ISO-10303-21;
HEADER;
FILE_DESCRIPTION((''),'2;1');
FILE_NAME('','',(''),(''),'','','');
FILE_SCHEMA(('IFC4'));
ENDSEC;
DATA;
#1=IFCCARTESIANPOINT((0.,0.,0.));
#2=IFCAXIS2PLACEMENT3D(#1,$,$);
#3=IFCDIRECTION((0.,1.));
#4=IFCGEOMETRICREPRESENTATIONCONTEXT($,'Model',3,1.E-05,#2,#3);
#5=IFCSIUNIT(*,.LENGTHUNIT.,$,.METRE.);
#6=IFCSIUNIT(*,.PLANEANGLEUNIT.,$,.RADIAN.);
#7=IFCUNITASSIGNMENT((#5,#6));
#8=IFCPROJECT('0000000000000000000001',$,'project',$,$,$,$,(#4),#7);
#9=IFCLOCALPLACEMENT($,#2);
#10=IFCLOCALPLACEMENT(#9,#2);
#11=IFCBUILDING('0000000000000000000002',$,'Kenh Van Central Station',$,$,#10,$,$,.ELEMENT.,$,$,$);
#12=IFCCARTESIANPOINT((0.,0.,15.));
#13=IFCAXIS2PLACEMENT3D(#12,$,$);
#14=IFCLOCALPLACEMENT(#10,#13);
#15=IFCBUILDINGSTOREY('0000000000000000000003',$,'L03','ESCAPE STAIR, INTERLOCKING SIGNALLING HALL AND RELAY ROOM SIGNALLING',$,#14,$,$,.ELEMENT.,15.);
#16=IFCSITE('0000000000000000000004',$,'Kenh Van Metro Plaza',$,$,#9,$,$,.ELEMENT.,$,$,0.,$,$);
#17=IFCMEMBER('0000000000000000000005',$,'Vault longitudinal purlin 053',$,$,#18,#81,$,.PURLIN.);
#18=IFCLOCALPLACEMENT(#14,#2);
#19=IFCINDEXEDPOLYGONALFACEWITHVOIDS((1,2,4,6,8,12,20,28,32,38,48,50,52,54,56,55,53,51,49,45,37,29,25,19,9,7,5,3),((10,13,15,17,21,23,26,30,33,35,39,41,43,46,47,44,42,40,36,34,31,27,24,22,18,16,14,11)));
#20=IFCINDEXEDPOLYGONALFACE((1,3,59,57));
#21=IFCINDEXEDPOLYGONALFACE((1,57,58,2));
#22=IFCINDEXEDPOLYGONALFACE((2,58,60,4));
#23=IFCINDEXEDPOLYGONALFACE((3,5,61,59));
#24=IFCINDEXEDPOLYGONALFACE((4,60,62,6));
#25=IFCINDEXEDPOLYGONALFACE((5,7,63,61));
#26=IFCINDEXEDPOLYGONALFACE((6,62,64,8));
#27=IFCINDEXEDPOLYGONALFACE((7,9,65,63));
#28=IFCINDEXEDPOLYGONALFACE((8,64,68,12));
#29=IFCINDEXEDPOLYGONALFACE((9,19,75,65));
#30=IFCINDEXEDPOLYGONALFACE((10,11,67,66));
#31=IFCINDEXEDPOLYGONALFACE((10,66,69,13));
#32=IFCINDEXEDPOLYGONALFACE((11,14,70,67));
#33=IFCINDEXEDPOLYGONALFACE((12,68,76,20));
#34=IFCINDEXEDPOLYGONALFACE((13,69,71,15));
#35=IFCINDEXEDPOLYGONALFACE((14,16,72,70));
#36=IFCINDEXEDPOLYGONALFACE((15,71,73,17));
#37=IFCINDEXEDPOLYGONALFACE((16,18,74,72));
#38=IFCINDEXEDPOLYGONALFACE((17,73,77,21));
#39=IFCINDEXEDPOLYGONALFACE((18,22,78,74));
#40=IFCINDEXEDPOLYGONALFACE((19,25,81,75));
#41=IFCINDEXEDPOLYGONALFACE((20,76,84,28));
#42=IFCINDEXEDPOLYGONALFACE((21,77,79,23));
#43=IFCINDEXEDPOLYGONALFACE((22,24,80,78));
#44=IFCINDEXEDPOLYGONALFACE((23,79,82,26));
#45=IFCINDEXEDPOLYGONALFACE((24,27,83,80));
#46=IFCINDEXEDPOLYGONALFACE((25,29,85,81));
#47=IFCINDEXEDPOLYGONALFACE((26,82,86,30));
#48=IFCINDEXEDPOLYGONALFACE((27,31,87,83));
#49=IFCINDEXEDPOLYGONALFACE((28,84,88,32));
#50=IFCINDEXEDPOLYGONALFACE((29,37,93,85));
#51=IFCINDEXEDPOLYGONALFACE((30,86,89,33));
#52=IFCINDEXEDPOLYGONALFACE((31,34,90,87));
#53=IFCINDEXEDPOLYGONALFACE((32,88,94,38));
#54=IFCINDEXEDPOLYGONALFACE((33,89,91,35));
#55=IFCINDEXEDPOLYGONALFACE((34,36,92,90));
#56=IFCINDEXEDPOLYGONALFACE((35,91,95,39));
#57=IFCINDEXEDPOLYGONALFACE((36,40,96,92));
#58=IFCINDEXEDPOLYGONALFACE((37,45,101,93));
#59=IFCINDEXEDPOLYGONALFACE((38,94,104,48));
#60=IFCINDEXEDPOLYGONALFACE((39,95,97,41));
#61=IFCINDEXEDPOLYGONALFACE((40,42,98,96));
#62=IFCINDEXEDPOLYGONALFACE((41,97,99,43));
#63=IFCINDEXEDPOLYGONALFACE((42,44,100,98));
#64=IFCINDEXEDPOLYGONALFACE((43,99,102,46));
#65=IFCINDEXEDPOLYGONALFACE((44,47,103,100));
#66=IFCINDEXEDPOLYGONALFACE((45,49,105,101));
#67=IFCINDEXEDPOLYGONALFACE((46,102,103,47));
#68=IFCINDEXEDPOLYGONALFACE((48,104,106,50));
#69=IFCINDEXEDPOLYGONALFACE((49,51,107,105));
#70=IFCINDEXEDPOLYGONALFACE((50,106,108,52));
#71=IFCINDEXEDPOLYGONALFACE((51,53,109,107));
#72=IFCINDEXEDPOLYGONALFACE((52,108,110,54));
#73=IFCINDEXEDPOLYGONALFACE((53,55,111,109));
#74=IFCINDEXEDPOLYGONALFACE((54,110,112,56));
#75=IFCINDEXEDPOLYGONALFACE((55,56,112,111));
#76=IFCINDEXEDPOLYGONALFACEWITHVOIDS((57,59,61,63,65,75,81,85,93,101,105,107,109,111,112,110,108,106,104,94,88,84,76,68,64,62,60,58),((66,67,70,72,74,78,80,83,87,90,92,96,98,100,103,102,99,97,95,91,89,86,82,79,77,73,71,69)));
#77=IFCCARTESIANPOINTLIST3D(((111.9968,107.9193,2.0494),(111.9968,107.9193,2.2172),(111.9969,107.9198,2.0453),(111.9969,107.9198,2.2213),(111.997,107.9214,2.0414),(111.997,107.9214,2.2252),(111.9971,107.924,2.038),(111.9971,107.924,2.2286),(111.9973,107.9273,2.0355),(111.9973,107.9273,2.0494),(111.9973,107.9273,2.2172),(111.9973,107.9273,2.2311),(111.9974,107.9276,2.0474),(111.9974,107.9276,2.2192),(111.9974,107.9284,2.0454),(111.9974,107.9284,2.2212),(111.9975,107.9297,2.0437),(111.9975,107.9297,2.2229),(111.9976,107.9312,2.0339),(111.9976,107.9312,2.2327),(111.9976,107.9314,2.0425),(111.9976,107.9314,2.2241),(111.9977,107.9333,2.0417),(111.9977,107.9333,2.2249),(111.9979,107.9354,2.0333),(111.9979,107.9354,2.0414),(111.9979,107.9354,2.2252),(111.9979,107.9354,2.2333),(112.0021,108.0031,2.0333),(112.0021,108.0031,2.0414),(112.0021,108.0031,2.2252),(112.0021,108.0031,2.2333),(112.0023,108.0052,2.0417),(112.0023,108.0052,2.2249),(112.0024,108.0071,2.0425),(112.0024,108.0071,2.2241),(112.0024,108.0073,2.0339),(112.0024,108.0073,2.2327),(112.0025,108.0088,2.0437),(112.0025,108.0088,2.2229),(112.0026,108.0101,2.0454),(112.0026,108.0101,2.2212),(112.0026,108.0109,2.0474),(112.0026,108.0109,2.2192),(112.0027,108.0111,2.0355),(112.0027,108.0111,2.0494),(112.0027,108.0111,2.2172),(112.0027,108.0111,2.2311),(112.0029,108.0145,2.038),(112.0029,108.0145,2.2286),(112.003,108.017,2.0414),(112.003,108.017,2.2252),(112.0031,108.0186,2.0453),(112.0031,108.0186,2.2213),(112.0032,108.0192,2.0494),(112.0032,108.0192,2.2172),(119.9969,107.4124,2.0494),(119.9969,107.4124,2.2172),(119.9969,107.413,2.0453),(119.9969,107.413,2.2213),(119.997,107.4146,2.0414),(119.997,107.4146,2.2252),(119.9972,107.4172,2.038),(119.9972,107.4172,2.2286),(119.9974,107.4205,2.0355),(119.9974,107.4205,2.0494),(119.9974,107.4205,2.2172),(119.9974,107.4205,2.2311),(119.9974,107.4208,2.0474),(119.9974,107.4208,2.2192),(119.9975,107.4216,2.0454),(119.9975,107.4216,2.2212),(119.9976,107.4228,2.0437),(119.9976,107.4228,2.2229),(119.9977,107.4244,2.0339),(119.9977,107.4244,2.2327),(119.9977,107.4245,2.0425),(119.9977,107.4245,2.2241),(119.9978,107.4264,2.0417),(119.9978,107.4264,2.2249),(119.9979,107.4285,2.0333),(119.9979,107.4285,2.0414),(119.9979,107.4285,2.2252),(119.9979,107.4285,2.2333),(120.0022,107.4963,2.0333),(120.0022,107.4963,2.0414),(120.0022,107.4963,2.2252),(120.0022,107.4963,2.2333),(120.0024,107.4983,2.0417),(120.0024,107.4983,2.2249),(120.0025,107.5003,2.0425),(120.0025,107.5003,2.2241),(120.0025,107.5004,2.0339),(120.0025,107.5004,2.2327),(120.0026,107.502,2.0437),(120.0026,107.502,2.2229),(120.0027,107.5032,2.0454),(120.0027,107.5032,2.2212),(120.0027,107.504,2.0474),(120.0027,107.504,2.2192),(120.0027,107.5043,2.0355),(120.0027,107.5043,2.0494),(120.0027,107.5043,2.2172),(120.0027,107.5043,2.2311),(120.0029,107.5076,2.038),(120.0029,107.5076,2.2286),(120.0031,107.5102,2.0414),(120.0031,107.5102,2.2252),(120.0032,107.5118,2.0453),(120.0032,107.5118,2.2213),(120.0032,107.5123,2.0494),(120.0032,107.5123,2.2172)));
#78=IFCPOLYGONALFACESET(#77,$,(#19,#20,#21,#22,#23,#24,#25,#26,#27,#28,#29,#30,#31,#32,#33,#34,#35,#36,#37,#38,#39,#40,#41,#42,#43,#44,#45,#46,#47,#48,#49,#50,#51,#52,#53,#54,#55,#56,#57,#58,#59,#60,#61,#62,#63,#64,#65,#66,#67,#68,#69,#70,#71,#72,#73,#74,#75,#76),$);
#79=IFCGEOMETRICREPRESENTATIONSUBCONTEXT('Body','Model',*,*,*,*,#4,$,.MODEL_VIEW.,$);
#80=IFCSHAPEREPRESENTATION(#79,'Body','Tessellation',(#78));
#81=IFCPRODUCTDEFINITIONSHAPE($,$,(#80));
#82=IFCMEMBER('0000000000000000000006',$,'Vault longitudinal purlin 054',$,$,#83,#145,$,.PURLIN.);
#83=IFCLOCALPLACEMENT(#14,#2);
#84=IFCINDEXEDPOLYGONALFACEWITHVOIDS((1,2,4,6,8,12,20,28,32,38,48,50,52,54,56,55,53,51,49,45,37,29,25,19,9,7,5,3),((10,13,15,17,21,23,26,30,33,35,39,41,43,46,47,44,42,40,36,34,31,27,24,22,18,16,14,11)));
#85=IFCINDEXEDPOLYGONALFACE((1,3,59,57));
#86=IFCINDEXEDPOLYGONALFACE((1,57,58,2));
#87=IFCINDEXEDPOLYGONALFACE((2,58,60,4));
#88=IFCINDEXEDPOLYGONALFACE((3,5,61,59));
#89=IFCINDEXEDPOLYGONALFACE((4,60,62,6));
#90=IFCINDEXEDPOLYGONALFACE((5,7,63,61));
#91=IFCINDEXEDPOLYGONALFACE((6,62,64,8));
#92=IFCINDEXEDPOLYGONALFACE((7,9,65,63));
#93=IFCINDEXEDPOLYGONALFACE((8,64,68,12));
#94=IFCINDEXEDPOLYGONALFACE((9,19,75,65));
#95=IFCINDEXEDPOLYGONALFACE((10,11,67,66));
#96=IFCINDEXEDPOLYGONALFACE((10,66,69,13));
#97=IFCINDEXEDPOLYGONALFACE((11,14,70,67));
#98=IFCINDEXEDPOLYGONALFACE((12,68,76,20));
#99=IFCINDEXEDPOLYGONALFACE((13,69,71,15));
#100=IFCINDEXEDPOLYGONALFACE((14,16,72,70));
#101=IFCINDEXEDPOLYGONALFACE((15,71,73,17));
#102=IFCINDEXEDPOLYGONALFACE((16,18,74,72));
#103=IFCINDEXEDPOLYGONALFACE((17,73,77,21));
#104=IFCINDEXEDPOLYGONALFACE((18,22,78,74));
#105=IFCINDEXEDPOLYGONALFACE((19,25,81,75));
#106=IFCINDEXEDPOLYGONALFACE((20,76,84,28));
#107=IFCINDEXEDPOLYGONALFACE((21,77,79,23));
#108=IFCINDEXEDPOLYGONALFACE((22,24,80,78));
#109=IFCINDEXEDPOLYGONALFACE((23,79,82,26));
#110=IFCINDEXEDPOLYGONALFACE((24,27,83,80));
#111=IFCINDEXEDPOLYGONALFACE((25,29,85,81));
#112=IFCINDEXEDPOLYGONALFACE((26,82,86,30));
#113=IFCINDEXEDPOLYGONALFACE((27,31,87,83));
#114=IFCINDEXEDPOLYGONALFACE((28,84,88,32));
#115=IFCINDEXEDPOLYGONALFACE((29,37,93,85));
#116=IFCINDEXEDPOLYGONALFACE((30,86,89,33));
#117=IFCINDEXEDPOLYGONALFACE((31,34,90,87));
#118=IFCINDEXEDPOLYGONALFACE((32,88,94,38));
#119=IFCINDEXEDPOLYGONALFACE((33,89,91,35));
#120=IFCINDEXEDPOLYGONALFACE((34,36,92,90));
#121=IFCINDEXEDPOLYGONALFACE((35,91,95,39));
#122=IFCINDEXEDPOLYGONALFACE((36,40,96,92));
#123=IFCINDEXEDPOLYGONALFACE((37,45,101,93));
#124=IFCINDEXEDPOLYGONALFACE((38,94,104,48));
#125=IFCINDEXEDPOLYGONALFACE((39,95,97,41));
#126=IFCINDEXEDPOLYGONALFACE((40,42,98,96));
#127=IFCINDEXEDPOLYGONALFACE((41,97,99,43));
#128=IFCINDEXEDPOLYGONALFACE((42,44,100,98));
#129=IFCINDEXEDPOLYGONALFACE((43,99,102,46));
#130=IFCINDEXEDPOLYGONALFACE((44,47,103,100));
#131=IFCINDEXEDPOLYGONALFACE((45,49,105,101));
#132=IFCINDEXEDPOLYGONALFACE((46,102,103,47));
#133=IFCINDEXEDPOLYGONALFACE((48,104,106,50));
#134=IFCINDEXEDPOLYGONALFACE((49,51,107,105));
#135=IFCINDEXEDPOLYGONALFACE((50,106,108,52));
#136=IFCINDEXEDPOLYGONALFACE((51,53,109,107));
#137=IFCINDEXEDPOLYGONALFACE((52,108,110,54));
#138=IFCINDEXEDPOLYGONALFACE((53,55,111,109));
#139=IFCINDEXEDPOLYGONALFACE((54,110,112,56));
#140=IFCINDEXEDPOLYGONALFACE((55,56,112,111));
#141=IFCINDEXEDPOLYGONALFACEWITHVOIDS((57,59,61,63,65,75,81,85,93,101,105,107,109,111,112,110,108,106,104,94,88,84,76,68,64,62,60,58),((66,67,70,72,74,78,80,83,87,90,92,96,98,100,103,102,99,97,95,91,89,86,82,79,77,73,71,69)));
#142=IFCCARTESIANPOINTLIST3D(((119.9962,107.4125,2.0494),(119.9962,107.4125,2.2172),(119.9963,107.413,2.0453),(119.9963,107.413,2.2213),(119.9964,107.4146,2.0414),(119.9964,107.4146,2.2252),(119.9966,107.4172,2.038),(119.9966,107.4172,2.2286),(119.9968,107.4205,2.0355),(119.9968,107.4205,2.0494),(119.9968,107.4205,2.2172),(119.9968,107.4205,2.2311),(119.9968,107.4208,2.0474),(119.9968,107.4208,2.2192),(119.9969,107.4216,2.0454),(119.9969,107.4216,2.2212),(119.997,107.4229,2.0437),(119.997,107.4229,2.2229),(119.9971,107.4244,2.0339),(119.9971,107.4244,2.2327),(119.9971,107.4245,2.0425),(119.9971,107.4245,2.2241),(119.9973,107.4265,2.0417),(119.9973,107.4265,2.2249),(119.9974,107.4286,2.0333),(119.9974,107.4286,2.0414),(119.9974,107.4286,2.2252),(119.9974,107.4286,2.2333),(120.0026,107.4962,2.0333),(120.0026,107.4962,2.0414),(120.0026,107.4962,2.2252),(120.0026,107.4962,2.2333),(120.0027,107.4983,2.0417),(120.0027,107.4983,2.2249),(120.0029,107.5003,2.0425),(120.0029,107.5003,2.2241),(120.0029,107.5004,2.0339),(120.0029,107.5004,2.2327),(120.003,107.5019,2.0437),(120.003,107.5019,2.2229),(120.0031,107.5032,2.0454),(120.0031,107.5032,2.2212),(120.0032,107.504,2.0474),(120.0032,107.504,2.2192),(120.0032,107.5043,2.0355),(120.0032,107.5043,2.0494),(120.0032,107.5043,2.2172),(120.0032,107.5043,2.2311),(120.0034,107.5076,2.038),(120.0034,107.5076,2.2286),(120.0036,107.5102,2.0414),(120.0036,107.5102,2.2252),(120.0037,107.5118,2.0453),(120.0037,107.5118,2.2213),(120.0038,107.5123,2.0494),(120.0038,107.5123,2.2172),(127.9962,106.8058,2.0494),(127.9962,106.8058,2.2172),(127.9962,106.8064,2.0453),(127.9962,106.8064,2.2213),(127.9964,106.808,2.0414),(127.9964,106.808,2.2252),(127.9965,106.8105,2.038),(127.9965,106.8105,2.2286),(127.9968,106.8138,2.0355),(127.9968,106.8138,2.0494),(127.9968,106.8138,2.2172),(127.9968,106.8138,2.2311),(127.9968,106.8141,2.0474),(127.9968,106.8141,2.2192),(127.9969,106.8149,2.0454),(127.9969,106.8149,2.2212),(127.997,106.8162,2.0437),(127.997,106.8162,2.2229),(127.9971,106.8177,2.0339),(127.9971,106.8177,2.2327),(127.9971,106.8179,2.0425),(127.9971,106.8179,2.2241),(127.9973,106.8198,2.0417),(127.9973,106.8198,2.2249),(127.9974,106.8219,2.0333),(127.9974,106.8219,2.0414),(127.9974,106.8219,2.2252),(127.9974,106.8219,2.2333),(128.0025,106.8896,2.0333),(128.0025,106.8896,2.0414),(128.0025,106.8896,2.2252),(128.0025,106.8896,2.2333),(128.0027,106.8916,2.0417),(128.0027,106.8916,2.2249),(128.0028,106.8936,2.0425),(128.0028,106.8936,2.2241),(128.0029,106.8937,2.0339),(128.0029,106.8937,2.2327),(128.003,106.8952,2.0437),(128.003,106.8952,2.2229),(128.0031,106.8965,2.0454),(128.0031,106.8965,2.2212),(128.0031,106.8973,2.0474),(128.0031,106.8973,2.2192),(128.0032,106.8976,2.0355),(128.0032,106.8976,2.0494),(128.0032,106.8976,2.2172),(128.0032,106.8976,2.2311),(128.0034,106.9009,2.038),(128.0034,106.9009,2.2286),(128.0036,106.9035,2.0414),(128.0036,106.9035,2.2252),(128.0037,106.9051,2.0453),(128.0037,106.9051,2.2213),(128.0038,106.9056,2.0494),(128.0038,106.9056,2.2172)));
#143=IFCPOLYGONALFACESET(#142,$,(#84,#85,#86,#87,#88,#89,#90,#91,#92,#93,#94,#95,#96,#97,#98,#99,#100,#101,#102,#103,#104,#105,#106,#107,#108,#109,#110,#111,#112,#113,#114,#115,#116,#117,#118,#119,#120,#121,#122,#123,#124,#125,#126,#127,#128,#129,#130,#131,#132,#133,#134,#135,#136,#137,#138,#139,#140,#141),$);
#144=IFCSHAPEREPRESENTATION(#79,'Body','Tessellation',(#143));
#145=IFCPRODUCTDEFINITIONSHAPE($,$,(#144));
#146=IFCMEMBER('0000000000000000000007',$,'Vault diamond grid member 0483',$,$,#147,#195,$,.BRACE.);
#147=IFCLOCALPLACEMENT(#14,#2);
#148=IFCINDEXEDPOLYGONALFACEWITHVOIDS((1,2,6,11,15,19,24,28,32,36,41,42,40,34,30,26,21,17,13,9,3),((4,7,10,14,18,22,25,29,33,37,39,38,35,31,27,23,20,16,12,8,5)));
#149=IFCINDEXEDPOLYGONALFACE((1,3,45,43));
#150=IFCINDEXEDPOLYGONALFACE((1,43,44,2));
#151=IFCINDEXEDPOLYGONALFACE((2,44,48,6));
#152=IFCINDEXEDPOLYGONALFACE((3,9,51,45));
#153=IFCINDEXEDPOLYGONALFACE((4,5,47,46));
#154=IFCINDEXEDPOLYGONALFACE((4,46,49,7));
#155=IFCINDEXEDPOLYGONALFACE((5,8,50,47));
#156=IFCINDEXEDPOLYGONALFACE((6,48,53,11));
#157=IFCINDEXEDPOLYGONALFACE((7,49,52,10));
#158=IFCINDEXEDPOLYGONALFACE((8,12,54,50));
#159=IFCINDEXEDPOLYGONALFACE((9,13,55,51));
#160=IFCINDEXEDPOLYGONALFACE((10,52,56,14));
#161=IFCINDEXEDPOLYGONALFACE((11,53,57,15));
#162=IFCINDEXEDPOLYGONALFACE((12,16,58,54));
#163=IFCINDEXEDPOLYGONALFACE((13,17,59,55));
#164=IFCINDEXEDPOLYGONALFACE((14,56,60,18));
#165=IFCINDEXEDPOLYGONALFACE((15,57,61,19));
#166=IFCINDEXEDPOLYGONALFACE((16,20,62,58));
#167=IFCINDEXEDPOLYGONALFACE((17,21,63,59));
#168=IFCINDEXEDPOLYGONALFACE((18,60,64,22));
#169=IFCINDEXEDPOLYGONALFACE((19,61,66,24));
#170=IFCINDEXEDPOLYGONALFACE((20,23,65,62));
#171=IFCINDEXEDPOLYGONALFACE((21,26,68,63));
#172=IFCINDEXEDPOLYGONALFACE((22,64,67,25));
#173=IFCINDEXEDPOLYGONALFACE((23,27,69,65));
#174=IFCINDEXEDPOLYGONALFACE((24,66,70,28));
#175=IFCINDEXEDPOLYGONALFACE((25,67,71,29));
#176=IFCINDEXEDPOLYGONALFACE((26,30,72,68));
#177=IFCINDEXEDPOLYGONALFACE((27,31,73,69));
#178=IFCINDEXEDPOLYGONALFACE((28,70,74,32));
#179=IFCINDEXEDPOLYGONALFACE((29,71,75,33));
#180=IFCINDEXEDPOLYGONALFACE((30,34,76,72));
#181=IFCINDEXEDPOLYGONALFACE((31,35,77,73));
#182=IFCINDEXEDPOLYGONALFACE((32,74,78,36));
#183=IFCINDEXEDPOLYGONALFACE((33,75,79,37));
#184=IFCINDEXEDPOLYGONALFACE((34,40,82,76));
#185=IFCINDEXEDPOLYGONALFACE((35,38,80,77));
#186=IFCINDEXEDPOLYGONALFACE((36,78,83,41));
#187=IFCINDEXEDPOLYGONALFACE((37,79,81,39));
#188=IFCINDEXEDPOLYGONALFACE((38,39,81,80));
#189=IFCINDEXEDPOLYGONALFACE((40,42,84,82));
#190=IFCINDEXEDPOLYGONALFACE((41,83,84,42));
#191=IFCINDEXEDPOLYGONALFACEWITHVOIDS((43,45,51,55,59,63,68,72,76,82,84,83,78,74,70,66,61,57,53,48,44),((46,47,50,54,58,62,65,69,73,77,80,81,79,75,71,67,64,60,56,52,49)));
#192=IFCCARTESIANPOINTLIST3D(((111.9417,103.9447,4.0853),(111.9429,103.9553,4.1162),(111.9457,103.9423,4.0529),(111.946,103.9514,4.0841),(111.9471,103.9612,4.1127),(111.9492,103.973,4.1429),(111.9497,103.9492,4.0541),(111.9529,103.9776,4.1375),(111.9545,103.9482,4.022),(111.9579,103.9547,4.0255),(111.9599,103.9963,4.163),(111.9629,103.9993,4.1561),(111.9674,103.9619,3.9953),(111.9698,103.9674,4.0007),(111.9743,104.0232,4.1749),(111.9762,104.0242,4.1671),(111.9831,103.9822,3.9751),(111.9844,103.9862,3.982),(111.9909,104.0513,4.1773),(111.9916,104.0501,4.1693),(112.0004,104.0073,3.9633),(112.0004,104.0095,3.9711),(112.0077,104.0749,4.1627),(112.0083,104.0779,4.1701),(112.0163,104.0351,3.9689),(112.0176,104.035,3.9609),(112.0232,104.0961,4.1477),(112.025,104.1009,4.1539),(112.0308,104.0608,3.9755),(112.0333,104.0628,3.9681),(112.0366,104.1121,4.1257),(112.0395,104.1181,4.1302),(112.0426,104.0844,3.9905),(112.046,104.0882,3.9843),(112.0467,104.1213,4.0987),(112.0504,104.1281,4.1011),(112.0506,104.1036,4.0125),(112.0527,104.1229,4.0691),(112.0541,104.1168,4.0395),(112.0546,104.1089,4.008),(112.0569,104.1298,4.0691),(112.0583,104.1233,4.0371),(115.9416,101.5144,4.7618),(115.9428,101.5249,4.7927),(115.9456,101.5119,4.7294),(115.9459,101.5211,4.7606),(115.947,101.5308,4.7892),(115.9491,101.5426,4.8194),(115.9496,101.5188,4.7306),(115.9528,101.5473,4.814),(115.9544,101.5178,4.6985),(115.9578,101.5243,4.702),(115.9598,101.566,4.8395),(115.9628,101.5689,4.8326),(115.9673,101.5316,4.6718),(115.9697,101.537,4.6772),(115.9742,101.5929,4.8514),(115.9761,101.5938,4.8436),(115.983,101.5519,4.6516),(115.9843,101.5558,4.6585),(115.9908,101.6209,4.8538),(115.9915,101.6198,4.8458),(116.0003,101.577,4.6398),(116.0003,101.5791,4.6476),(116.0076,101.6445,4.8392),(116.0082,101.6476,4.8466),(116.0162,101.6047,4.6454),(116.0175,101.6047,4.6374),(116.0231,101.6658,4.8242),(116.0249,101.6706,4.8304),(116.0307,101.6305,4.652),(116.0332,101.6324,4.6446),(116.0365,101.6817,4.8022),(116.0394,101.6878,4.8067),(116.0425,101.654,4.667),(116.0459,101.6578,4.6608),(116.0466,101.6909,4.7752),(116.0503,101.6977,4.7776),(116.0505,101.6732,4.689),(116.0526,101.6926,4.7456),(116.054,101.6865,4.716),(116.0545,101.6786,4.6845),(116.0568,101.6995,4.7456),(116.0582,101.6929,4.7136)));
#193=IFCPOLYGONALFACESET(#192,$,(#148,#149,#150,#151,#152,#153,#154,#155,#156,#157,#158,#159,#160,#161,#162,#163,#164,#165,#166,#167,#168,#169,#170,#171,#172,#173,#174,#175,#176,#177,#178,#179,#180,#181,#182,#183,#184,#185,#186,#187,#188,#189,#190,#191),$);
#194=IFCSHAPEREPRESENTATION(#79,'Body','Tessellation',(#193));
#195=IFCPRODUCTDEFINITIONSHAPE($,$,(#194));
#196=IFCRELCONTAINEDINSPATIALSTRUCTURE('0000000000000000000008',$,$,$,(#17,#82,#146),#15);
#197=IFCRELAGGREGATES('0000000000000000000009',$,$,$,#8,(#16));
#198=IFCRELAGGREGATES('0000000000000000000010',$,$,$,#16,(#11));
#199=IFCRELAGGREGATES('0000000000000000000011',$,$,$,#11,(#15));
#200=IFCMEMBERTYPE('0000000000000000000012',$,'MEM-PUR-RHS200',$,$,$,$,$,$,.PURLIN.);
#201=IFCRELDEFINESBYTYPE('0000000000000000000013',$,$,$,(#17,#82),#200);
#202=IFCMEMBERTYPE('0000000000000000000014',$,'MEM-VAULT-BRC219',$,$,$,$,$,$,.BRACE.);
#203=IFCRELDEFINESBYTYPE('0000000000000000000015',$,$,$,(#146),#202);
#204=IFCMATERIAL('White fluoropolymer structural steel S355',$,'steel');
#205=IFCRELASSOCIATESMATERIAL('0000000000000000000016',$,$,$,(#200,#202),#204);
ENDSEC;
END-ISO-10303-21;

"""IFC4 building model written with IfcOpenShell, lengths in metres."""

from ifc_helpers import new_model, si_unit, direction, frame, origin, origin_2d, place, context, subcontext, project, spatial, hollow_rectangle, hollow_circle, extrude, material, material_profile, profile_set, type_object, element, save


model = new_model("IFC4")

# Units and contexts
model_context = context("Model", 3, precision=1e-05, world=origin(), true_north=direction((0.0, 1.0)))
body_context = subcontext(model_context, "Body", "Model", "MODEL_VIEW")
ifc_project = project(units=[si_unit("LENGTHUNIT", "METRE"), si_unit("PLANEANGLEUNIT", "RADIAN")], contexts=[model_context])

# Site, building, storey
site_placement = place(None, origin())
site = spatial("IfcSite", under=ifc_project, at=site_placement, Name="Kenh Van Metro Plaza", CompositionType="ELEMENT", RefElevation=0.0)
building_placement = place(site_placement, origin())
building = spatial("IfcBuilding", under=site, at=building_placement, Name="Kenh Van Central Station", CompositionType="ELEMENT")
storey_placement = place(building_placement, frame((0.0, 0.0, 15.0)))
storey = spatial("IfcBuildingStorey", under=building, at=storey_placement, Name="L03", Description="ESCAPE STAIR, INTERLOCKING SIGNALLING HALL AND RELAY ROOM SIGNALLING", CompositionType="ELEMENT", Elevation=15.0)

# Shared definitions
ifc_material_1 = material(Name="White fluoropolymer structural steel S355", Category="steel")

# Members
ifc_material_profile_1 = material_profile(ifc_material_1, hollow_rectangle(XDim=0.1001, YDim=0.2, WallThickness=0.0081, InnerFilletRadius=0.0081, OuterFilletRadius=0.0161, at=origin_2d()), Name="RHS 200x100x8")
ifc_profile_set_1 = profile_set([ifc_material_profile_1], Name="White fluoropolymer structural steel S355")
member_type_1 = type_object("IfcMemberType", Name="MEM-PUR-RHS200", PredefinedType="PURLIN", material=ifc_profile_set_1)
member_1_placement = place(storey_placement, frame((112.0, 107.9692, 2.1333), z_axis=(0.997999, -0.063228, 0.0), x_axis=(0.063228, 0.997999, 0.0)))
element("IfcMember", 1, at=member_1_placement, inside=storey, type_object=member_type_1, Name="Vault longitudinal purlin 053", PredefinedType="PURLIN", context=body_context, shape_type="SweptSolid", body=[
    extrude(hollow_rectangle(XDim=0.1001, YDim=0.2, WallThickness=0.0081, InnerFilletRadius=0.0081, OuterFilletRadius=0.0161, at=origin_2d()), origin(), (0.0, 0.0, 1.0), 8.0161),
])
member_2_placement = place(storey_placement, frame((120.0, 107.4624, 2.1333), z_axis=(0.997137, -0.075619, 0.0), x_axis=(0.075619, 0.997137, 0.0)))
element("IfcMember", 2, at=member_2_placement, inside=storey, type_object=member_type_1, Name="Vault longitudinal purlin 054", PredefinedType="PURLIN", context=body_context, shape_type="SweptSolid", body=[
    extrude(hollow_rectangle(XDim=0.1001, YDim=0.2, WallThickness=0.0081, InnerFilletRadius=0.0081, OuterFilletRadius=0.0161, at=origin_2d()), origin(), (0.0, 0.0, 1.0), 8.0229),
])
ifc_material_profile_2 = material_profile(ifc_material_1, hollow_circle(Radius=0.1096, WallThickness=0.0081, at=origin_2d()), Name="CHS 219.1x8")
ifc_profile_set_2 = profile_set([ifc_material_profile_2], Name="White fluoropolymer structural steel S355")
member_type_2 = type_object("IfcMemberType", Name="MEM-VAULT-BRC219", PredefinedType="BRACE", material=ifc_profile_set_2)
member_3_placement = place(storey_placement, frame((112.0, 104.0361, 4.0691), z_axis=(0.845823, -0.513926, 0.143053), x_axis=(0.519267, 0.854612, 0.0)))
element("IfcMember", 3, at=member_3_placement, inside=storey, type_object=member_type_2, Name="Vault diamond grid member 0483", PredefinedType="BRACE", context=body_context, shape_type="SweptSolid", body=[
    extrude(hollow_circle(Radius=0.1096, WallThickness=0.0081, at=origin_2d()), origin(), (0.0, 0.0, 1.0), 4.729),
])

save(model, "model.ifc")
